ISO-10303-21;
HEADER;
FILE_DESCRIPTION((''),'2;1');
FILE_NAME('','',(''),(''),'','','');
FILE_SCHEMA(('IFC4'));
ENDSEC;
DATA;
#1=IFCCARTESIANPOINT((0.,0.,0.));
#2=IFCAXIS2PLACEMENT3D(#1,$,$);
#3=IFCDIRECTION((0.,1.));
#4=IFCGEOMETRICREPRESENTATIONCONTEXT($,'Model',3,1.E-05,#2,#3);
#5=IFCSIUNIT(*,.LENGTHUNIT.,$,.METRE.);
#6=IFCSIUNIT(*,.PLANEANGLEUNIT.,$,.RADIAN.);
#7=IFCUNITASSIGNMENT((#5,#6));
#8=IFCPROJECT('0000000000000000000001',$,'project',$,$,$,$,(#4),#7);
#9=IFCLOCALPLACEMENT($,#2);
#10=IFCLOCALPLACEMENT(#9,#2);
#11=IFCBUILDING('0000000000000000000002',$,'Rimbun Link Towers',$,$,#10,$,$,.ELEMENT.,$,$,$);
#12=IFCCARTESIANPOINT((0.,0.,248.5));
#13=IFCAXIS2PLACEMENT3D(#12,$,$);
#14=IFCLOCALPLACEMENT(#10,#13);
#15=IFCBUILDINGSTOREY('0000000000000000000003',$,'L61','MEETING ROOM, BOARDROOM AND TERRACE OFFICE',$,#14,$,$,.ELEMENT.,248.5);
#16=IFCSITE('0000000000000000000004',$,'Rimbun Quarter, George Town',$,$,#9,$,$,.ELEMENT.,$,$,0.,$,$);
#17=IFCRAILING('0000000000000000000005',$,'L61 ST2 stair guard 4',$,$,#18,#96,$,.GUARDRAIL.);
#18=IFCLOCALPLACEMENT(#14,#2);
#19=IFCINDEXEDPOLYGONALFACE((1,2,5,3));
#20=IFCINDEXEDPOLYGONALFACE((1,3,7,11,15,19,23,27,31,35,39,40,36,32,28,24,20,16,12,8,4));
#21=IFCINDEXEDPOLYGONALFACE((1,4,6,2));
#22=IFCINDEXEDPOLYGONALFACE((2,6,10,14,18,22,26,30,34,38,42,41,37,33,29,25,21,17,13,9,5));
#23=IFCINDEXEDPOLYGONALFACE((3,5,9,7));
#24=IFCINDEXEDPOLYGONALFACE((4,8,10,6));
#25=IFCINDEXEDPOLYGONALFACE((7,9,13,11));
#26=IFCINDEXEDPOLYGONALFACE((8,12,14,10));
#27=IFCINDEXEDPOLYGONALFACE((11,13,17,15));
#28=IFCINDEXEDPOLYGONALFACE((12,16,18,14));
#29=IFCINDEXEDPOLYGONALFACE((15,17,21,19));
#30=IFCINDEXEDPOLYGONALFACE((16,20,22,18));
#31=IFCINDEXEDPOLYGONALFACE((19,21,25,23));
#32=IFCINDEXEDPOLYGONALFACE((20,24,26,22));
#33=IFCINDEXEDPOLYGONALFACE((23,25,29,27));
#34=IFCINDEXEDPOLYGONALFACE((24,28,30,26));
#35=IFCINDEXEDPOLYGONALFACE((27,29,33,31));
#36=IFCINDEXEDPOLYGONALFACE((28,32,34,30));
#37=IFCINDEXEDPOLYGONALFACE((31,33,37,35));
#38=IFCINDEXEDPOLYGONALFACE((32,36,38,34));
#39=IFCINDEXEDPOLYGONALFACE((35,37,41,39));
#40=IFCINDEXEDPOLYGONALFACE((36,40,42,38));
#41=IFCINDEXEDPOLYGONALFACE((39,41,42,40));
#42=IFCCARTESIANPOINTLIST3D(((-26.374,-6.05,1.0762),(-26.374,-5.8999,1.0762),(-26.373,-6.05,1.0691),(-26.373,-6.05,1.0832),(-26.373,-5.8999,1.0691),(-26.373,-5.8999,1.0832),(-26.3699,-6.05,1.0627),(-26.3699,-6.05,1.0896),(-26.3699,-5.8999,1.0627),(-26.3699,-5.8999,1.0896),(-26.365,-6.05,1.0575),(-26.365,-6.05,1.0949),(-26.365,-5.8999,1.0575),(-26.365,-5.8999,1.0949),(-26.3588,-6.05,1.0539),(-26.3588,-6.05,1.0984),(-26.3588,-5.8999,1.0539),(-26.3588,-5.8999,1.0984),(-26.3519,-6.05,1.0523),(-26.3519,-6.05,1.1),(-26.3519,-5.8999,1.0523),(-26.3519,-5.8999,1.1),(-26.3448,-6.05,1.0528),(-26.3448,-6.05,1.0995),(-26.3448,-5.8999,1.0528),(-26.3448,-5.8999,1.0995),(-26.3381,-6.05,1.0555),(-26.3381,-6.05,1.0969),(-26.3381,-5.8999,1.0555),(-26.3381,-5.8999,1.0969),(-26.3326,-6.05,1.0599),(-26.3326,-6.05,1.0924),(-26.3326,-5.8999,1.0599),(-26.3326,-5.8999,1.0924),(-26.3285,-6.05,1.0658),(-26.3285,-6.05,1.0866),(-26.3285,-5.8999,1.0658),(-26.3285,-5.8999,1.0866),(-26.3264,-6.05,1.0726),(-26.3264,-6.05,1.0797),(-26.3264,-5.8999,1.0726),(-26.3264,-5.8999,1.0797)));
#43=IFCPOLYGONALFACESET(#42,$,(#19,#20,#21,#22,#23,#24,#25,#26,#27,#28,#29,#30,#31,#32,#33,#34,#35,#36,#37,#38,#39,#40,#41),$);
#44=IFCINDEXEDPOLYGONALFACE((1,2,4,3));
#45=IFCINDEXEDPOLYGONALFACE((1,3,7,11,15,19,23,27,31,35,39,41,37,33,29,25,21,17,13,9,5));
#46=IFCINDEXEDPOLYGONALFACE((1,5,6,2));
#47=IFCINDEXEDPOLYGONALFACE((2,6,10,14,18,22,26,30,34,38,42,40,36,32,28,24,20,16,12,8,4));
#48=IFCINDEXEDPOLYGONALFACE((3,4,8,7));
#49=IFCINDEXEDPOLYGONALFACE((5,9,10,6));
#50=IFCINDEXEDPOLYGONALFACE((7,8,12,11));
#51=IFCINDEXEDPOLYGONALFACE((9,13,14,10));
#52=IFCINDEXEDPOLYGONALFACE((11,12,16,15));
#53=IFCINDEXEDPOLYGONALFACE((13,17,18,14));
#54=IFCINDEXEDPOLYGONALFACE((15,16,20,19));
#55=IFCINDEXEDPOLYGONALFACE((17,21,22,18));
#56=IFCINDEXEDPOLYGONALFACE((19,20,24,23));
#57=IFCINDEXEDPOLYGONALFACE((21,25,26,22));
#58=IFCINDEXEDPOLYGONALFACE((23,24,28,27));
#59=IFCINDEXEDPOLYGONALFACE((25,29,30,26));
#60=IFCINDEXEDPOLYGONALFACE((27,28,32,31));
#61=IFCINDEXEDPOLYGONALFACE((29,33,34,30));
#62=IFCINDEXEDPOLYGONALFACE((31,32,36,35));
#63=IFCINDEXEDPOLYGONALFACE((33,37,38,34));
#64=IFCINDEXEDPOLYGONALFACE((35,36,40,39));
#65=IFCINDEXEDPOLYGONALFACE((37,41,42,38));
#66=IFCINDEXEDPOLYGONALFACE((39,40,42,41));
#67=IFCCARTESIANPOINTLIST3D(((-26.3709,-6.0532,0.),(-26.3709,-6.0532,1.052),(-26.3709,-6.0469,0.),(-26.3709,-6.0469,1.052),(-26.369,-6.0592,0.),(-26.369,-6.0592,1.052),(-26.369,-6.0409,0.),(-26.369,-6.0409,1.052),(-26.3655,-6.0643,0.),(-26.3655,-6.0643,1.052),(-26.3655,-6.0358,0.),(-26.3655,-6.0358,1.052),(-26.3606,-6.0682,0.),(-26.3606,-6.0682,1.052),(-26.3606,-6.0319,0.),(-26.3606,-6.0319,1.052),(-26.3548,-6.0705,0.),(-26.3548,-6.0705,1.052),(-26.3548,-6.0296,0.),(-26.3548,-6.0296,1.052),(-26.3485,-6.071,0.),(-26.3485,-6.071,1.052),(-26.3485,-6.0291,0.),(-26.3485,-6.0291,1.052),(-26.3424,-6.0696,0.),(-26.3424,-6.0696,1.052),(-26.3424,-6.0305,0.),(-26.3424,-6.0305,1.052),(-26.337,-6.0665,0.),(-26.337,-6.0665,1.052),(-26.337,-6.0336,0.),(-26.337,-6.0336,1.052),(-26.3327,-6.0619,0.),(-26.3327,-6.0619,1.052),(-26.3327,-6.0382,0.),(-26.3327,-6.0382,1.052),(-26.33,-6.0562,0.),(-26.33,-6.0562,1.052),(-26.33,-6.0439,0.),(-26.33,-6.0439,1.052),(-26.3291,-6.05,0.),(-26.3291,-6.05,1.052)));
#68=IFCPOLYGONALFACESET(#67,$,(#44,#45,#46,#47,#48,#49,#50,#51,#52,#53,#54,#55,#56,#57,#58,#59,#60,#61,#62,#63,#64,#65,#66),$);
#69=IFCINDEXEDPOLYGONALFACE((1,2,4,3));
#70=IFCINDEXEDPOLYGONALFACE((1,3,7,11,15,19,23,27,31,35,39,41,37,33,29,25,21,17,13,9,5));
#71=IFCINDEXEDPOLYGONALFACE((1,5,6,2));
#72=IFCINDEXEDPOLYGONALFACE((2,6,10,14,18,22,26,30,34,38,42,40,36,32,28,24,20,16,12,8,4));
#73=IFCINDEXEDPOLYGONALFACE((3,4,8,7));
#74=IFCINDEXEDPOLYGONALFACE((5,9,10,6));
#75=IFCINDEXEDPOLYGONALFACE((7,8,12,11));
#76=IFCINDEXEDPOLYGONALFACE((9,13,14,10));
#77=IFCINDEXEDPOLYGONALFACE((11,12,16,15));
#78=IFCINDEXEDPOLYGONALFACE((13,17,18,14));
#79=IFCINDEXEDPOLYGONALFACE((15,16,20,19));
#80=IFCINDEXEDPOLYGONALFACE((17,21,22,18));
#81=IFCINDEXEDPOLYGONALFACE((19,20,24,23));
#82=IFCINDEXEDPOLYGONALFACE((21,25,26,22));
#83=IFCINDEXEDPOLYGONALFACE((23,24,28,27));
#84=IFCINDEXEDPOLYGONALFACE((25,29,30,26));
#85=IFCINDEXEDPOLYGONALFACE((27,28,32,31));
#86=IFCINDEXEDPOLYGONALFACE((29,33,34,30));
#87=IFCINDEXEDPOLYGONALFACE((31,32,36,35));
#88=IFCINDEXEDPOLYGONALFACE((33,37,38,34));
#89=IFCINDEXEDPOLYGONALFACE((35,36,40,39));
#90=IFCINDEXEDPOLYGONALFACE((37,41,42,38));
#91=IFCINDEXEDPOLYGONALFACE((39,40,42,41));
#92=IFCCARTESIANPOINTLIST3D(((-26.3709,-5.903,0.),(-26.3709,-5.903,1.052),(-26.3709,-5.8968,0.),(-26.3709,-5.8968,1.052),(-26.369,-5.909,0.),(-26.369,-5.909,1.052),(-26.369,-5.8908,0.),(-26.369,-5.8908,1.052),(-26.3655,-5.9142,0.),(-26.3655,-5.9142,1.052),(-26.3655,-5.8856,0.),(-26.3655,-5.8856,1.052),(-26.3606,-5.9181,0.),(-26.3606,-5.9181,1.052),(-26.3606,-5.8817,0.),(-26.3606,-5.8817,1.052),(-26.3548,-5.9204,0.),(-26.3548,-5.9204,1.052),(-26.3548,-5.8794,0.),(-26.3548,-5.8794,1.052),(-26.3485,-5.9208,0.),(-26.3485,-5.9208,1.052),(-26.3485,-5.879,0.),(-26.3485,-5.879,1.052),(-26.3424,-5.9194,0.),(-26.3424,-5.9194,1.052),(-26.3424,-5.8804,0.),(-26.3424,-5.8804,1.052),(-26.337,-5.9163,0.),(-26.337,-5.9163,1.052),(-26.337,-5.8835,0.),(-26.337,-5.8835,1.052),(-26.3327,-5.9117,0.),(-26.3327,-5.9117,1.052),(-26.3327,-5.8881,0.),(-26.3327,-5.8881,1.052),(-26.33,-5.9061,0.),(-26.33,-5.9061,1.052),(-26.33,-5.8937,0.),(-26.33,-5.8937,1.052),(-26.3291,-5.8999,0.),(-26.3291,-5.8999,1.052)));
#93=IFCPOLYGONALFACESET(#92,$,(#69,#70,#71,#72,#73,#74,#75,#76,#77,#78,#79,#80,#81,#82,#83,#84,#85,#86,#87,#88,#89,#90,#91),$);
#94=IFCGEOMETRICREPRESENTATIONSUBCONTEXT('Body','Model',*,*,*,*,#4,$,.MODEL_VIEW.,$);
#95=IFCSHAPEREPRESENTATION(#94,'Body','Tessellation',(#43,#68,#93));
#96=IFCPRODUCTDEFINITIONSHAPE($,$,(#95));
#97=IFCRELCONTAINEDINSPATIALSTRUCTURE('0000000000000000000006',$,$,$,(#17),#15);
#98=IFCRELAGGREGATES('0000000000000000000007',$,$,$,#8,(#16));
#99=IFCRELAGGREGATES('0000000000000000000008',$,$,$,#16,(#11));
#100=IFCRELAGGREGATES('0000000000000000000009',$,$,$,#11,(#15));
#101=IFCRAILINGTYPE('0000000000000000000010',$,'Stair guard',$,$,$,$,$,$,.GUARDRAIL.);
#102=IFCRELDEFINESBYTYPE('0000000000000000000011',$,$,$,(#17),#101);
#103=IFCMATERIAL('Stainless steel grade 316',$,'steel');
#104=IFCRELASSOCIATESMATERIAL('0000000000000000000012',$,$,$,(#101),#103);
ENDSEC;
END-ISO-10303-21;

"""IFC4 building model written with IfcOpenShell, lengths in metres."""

from ifc_helpers import new_model, si_unit, direction, frame, origin, origin_2d, place, context, subcontext, project, spatial, circle, extrude, material, type_object, element, save


model = new_model("IFC4")

# Units and contexts
model_context = context("Model", 3, precision=1e-05, world=origin(), true_north=direction((0.0, 1.0)))
body_context = subcontext(model_context, "Body", "Model", "MODEL_VIEW")
ifc_project = project(units=[si_unit("LENGTHUNIT", "METRE"), si_unit("PLANEANGLEUNIT", "RADIAN")], contexts=[model_context])

# Site, building, storey
site_placement = place(None, origin())
site = spatial("IfcSite", under=ifc_project, at=site_placement, Name="Rimbun Quarter, George Town", CompositionType="ELEMENT", RefElevation=0.0)
building_placement = place(site_placement, origin())
building = spatial("IfcBuilding", under=site, at=building_placement, Name="Rimbun Link Towers", CompositionType="ELEMENT")
storey_placement = place(building_placement, frame((0.0, 0.0, 248.5)))
storey = spatial("IfcBuildingStorey", under=building, at=storey_placement, Name="L61", Description="MEETING ROOM, BOARDROOM AND TERRACE OFFICE", CompositionType="ELEMENT", Elevation=248.5)

# Railing
ifc_material_1 = material(Name="Stainless steel grade 316", Category="steel")
railing_type_1 = type_object("IfcRailingType", Name="Stair guard", PredefinedType="GUARDRAIL", material=ifc_material_1)
railing_1_placement = place(storey_placement, frame((-26.3501, -6.05, 0.0)))
element("IfcRailing", 1, at=railing_1_placement, inside=storey, type_object=railing_type_1, Name="L61 ST2 stair guard 4", PredefinedType="GUARDRAIL", context=body_context, shape_type="SweptSolid", body=[
    extrude(circle(Radius=0.0239, at=origin_2d()), frame((0.0, 0.0, 1.0762), z_axis=(0.0, 1.0, 0.0), x_axis=(-1.0, 0.0, 0.0)), (0.0, 0.0, 1.0), 0.1501),
    extrude(circle(Radius=0.021, at=origin_2d()), origin(), (0.0, 0.0, 1.0), 1.052),
    extrude(circle(Radius=0.021, at=origin_2d()), frame((0.0, 0.1501, 0.0)), (0.0, 0.0, 1.0), 1.052),
])

save(model, "model.ifc")
